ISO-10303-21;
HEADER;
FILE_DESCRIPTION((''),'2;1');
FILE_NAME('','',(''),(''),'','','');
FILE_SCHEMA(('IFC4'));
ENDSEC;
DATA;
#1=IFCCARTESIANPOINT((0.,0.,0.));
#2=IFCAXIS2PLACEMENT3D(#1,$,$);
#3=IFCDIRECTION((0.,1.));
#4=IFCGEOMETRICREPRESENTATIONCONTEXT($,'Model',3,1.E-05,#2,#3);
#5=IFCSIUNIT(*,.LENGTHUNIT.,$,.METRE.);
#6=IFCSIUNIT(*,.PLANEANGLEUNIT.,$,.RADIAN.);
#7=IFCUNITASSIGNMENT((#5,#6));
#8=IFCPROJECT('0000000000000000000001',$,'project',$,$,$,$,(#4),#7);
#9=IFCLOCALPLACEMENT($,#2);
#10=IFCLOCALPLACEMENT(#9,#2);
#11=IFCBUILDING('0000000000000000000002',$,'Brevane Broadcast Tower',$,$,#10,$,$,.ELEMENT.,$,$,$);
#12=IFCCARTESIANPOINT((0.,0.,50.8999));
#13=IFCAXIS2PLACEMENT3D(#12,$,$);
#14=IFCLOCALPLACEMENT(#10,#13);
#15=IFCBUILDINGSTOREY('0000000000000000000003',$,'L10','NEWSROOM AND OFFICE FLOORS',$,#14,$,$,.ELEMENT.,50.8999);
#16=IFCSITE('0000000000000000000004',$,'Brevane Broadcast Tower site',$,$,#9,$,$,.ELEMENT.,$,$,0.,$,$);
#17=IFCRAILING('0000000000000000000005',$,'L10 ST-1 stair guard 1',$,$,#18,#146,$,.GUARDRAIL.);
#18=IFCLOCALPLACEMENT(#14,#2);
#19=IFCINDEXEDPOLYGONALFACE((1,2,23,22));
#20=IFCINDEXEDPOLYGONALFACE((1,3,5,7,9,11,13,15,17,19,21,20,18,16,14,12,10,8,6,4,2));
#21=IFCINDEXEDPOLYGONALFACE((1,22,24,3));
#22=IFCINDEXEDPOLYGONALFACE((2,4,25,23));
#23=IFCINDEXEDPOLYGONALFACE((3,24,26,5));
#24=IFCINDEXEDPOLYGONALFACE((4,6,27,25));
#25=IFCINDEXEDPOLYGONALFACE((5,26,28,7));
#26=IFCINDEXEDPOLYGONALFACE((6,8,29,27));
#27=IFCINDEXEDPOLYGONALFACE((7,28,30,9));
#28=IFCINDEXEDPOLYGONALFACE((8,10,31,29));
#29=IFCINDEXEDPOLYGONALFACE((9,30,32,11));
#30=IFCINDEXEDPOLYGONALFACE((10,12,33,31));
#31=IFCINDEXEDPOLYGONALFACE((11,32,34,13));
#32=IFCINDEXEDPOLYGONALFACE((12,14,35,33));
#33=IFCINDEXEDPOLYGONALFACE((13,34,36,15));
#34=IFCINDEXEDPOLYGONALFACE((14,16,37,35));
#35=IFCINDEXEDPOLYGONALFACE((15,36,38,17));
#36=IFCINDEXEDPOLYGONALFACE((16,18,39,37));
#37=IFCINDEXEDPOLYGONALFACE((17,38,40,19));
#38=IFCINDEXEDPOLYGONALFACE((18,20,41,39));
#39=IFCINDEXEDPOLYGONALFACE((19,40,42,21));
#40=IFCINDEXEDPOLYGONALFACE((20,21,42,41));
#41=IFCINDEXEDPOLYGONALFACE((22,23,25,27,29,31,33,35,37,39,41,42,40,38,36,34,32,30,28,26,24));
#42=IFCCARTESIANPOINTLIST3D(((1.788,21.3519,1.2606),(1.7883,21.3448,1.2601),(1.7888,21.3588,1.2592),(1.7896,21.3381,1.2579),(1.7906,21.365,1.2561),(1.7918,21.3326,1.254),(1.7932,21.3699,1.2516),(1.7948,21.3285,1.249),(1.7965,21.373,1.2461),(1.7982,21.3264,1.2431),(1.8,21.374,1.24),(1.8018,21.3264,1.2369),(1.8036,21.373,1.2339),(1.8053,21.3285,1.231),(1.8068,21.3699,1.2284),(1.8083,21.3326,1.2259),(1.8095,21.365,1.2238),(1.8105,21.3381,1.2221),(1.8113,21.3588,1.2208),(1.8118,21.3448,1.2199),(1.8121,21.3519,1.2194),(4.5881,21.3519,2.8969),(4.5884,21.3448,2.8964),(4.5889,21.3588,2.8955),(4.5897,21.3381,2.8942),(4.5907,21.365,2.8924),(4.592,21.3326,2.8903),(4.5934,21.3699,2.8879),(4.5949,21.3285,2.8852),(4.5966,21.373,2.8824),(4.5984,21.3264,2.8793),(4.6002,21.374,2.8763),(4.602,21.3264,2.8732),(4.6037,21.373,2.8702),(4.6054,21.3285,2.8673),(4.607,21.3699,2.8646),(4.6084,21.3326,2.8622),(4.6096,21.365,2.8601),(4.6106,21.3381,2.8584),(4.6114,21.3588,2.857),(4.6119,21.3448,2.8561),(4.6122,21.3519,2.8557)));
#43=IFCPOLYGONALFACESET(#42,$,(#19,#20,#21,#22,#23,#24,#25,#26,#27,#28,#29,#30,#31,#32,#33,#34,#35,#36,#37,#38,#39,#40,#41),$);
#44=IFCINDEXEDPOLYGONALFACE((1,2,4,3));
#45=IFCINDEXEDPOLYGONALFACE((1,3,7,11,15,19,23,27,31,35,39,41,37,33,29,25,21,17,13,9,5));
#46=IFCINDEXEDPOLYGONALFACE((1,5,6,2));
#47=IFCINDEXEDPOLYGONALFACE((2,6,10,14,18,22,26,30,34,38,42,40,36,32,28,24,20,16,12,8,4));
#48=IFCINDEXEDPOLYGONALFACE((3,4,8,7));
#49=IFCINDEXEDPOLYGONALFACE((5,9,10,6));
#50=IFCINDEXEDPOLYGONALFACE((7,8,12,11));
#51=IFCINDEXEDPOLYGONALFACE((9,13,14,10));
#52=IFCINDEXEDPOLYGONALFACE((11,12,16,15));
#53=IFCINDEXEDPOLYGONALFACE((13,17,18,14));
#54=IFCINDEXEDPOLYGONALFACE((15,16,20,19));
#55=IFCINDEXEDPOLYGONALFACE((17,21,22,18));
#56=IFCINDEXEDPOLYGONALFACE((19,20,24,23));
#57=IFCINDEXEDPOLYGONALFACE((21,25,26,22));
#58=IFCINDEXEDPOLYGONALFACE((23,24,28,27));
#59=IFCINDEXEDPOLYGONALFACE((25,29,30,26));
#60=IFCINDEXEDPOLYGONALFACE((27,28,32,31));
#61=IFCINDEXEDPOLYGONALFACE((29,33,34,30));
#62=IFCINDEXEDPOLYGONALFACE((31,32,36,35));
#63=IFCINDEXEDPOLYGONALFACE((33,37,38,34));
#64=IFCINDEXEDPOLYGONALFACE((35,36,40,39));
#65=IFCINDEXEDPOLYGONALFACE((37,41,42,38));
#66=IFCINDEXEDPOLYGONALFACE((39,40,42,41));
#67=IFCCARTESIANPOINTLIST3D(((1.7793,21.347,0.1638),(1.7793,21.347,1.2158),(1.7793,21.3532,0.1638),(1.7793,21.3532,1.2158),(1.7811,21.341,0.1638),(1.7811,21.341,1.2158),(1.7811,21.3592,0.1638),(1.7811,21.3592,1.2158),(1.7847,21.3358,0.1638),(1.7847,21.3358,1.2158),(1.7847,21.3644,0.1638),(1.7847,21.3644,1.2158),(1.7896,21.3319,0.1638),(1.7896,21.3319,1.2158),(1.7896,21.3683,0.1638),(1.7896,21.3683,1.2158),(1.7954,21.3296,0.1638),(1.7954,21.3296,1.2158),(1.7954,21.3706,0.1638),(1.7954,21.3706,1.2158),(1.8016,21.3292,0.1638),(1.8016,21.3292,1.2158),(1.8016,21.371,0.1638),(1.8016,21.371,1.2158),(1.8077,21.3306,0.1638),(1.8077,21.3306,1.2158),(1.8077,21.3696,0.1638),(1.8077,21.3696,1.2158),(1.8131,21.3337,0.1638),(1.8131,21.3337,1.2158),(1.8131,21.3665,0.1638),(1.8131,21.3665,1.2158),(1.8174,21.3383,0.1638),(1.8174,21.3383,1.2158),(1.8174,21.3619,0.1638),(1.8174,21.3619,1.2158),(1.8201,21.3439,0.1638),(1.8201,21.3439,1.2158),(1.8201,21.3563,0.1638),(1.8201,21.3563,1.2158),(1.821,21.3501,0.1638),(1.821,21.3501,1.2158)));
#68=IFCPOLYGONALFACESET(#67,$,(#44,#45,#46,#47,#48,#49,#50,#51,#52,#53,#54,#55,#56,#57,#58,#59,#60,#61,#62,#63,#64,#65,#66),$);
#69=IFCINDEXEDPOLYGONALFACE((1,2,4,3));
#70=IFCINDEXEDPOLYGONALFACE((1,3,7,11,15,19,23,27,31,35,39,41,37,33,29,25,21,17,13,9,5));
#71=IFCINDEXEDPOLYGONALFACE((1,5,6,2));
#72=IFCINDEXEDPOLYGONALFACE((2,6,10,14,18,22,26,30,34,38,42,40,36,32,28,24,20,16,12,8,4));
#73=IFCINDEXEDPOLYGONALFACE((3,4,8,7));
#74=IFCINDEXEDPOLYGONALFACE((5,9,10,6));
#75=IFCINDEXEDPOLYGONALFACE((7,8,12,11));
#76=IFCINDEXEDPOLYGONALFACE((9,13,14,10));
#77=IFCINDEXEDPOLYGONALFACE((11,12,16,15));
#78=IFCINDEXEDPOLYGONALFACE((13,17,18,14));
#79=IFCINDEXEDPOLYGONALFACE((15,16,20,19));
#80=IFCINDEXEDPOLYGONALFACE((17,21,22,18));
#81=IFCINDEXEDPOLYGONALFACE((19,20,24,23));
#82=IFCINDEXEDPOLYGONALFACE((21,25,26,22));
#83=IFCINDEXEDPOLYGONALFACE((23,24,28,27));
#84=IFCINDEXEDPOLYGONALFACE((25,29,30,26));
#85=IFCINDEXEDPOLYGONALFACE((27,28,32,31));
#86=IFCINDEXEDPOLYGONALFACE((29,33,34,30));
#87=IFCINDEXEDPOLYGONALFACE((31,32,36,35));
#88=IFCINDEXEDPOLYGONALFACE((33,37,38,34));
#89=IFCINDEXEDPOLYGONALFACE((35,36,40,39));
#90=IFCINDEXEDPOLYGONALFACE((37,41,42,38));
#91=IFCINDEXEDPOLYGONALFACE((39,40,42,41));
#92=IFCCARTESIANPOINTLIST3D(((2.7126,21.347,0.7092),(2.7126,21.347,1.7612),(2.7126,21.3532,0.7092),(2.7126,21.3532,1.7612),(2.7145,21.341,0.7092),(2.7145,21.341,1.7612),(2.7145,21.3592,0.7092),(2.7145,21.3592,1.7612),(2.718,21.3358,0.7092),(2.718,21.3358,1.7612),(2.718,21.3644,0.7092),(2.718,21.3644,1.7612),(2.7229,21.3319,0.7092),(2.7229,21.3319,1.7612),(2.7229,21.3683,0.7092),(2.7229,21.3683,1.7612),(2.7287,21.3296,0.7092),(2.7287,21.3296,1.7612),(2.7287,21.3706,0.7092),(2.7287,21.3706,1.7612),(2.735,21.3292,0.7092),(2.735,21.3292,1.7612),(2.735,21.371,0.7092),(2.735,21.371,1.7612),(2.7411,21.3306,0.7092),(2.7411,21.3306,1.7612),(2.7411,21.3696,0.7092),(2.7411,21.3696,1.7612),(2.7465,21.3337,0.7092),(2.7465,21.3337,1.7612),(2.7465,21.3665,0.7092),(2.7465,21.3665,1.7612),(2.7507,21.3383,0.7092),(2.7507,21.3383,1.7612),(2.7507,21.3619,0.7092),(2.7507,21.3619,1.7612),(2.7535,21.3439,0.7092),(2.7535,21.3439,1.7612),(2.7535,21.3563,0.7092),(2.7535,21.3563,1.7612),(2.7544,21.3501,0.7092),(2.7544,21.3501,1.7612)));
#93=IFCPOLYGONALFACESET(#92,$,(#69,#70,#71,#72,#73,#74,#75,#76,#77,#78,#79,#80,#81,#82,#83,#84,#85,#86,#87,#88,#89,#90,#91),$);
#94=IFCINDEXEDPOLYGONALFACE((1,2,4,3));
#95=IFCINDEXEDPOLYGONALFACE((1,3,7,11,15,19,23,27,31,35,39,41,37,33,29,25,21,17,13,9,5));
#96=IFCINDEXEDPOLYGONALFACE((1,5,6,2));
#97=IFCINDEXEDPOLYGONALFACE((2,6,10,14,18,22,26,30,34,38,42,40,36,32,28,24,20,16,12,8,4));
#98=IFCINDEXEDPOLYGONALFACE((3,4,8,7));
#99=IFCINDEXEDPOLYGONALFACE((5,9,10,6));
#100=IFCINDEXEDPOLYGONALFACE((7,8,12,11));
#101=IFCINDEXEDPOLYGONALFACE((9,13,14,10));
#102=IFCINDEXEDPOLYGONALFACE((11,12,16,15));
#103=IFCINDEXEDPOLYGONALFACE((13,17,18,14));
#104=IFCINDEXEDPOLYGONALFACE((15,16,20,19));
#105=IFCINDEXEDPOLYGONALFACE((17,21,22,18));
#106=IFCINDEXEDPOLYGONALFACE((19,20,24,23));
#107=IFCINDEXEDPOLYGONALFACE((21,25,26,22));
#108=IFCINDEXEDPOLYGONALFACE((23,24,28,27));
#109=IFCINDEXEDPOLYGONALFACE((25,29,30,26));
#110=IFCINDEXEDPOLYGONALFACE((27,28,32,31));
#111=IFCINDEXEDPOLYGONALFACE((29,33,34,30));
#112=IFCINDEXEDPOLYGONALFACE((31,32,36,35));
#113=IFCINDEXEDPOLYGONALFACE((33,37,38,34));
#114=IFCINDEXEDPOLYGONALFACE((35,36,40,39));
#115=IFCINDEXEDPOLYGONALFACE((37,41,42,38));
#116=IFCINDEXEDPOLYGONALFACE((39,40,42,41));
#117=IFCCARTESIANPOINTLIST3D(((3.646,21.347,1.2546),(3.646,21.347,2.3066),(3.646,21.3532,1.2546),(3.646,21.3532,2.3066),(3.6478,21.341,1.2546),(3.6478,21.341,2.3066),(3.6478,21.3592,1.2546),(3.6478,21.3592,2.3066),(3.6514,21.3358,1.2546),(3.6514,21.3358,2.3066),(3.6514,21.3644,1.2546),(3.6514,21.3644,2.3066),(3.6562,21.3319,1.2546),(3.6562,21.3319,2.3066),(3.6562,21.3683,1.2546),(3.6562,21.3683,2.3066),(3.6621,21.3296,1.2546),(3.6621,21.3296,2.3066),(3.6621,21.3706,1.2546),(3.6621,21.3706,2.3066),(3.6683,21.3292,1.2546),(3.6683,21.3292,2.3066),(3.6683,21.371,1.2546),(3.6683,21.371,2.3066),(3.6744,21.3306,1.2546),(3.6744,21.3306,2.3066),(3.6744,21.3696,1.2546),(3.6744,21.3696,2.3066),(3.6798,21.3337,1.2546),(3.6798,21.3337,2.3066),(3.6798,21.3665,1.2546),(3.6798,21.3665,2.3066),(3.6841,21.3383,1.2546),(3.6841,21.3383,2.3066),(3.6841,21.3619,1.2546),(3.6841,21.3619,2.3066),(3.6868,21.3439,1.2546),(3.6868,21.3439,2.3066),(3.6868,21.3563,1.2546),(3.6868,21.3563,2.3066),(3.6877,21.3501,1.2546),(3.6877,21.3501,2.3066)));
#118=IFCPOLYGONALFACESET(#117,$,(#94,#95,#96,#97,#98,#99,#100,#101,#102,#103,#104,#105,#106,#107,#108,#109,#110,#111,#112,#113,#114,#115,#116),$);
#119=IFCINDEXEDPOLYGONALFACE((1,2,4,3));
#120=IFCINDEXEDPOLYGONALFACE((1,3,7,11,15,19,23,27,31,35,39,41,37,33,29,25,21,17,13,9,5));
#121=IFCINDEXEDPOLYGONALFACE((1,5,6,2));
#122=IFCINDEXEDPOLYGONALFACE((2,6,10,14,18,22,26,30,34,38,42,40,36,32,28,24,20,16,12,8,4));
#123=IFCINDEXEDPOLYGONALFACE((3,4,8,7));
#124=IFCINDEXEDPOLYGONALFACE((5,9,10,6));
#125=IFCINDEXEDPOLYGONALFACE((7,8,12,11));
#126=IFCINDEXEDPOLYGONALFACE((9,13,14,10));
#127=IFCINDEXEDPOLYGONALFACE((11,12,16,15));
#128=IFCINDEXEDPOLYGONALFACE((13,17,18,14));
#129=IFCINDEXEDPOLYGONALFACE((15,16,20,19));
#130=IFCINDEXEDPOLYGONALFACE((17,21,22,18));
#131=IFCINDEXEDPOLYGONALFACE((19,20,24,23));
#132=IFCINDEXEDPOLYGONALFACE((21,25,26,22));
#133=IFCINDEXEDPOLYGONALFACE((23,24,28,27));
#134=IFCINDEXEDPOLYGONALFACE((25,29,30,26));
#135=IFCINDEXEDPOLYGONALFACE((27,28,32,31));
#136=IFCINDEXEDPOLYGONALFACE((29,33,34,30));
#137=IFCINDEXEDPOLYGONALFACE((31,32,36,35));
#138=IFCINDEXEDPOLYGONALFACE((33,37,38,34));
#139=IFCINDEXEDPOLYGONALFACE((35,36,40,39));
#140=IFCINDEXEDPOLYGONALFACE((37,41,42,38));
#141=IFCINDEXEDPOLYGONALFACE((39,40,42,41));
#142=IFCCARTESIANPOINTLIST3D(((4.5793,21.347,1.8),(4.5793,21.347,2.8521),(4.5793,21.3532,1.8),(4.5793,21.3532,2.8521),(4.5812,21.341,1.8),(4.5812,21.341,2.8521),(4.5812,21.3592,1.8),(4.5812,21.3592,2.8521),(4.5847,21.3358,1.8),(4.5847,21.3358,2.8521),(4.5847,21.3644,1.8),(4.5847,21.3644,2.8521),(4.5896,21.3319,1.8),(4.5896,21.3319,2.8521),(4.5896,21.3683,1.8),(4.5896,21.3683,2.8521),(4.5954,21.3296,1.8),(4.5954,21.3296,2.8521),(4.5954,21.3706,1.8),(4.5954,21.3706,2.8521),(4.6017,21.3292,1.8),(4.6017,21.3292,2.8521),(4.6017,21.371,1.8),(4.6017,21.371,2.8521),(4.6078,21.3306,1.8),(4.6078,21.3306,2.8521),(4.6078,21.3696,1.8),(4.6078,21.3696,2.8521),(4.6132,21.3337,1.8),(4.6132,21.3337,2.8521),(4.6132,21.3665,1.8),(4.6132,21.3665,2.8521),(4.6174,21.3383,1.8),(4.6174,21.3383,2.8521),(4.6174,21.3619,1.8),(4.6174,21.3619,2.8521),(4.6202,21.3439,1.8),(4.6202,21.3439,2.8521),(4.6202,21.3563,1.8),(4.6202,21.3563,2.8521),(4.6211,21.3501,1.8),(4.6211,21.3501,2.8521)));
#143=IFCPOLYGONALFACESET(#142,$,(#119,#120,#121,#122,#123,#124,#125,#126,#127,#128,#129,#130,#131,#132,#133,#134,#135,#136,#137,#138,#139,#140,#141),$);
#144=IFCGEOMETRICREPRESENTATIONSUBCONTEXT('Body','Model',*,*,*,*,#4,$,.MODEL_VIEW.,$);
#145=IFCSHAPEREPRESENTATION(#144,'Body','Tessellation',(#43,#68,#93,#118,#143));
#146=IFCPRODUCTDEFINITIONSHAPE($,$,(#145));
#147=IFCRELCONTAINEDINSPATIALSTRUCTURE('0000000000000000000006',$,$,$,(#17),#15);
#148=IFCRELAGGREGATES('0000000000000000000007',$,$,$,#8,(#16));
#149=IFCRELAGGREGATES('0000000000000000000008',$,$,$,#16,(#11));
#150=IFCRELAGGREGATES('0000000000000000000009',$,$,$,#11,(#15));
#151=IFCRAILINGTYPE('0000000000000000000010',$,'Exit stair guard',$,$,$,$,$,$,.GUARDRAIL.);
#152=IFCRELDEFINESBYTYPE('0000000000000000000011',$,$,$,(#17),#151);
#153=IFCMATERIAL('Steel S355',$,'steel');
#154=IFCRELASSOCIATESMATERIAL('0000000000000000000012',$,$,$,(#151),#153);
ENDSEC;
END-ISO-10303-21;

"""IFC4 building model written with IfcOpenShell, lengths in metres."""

from ifc_helpers import new_model, si_unit, direction, frame, origin, origin_2d, place, context, subcontext, project, spatial, circle, extrude, material, type_object, element, save


model = new_model("IFC4")

# Units and contexts
model_context = context("Model", 3, precision=1e-05, world=origin(), true_north=direction((0.0, 1.0)))
body_context = subcontext(model_context, "Body", "Model", "MODEL_VIEW")
ifc_project = project(units=[si_unit("LENGTHUNIT", "METRE"), si_unit("PLANEANGLEUNIT", "RADIAN")], contexts=[model_context])

# Site, building, storey
site_placement = place(None, origin())
site = spatial("IfcSite", under=ifc_project, at=site_placement, Name="Brevane Broadcast Tower site", CompositionType="ELEMENT", RefElevation=0.0)
building_placement = place(site_placement, origin())
building = spatial("IfcBuilding", under=site, at=building_placement, Name="Brevane Broadcast Tower", CompositionType="ELEMENT")
storey_placement = place(building_placement, frame((0.0, 0.0, 50.8999)))
storey = spatial("IfcBuildingStorey", under=building, at=storey_placement, Name="L10", Description="NEWSROOM AND OFFICE FLOORS", CompositionType="ELEMENT", Elevation=50.8999)

# Railing
ifc_material_1 = material(Name="Steel S355", Category="steel")
railing_type_1 = type_object("IfcRailingType", Name="Exit stair guard", PredefinedType="GUARDRAIL", material=ifc_material_1)
railing_1_placement = place(storey_placement, frame((1.8, 21.3501, 0.1638)))
element("IfcRailing", 1, at=railing_1_placement, inside=storey, type_object=railing_type_1, Name="L10 ST-1 stair guard 1", PredefinedType="GUARDRAIL", context=body_context, shape_type="SweptSolid", body=[
    extrude(circle(Radius=0.0239, at=origin_2d()), frame((0.0, 0.0, 1.0762), z_axis=(0.863394, 0.0, 0.504531), x_axis=(0.0, 1.0, 0.0)), (0.0, 0.0, 1.0), 3.2432),
    extrude(circle(Radius=0.021, at=origin_2d()), origin(), (0.0, 0.0, 1.0), 1.052),
    extrude(circle(Radius=0.021, at=origin_2d()), frame((0.9333, 0.0, 0.5454)), (0.0, 0.0, 1.0), 1.052),
    extrude(circle(Radius=0.021, at=origin_2d()), frame((1.8667, 0.0, 1.0908)), (0.0, 0.0, 1.0), 1.052),
    extrude(circle(Radius=0.021, at=origin_2d()), frame((2.8, 0.0, 1.6362)), (0.0, 0.0, 1.0), 1.052),
])

save(model, "model.ifc")
